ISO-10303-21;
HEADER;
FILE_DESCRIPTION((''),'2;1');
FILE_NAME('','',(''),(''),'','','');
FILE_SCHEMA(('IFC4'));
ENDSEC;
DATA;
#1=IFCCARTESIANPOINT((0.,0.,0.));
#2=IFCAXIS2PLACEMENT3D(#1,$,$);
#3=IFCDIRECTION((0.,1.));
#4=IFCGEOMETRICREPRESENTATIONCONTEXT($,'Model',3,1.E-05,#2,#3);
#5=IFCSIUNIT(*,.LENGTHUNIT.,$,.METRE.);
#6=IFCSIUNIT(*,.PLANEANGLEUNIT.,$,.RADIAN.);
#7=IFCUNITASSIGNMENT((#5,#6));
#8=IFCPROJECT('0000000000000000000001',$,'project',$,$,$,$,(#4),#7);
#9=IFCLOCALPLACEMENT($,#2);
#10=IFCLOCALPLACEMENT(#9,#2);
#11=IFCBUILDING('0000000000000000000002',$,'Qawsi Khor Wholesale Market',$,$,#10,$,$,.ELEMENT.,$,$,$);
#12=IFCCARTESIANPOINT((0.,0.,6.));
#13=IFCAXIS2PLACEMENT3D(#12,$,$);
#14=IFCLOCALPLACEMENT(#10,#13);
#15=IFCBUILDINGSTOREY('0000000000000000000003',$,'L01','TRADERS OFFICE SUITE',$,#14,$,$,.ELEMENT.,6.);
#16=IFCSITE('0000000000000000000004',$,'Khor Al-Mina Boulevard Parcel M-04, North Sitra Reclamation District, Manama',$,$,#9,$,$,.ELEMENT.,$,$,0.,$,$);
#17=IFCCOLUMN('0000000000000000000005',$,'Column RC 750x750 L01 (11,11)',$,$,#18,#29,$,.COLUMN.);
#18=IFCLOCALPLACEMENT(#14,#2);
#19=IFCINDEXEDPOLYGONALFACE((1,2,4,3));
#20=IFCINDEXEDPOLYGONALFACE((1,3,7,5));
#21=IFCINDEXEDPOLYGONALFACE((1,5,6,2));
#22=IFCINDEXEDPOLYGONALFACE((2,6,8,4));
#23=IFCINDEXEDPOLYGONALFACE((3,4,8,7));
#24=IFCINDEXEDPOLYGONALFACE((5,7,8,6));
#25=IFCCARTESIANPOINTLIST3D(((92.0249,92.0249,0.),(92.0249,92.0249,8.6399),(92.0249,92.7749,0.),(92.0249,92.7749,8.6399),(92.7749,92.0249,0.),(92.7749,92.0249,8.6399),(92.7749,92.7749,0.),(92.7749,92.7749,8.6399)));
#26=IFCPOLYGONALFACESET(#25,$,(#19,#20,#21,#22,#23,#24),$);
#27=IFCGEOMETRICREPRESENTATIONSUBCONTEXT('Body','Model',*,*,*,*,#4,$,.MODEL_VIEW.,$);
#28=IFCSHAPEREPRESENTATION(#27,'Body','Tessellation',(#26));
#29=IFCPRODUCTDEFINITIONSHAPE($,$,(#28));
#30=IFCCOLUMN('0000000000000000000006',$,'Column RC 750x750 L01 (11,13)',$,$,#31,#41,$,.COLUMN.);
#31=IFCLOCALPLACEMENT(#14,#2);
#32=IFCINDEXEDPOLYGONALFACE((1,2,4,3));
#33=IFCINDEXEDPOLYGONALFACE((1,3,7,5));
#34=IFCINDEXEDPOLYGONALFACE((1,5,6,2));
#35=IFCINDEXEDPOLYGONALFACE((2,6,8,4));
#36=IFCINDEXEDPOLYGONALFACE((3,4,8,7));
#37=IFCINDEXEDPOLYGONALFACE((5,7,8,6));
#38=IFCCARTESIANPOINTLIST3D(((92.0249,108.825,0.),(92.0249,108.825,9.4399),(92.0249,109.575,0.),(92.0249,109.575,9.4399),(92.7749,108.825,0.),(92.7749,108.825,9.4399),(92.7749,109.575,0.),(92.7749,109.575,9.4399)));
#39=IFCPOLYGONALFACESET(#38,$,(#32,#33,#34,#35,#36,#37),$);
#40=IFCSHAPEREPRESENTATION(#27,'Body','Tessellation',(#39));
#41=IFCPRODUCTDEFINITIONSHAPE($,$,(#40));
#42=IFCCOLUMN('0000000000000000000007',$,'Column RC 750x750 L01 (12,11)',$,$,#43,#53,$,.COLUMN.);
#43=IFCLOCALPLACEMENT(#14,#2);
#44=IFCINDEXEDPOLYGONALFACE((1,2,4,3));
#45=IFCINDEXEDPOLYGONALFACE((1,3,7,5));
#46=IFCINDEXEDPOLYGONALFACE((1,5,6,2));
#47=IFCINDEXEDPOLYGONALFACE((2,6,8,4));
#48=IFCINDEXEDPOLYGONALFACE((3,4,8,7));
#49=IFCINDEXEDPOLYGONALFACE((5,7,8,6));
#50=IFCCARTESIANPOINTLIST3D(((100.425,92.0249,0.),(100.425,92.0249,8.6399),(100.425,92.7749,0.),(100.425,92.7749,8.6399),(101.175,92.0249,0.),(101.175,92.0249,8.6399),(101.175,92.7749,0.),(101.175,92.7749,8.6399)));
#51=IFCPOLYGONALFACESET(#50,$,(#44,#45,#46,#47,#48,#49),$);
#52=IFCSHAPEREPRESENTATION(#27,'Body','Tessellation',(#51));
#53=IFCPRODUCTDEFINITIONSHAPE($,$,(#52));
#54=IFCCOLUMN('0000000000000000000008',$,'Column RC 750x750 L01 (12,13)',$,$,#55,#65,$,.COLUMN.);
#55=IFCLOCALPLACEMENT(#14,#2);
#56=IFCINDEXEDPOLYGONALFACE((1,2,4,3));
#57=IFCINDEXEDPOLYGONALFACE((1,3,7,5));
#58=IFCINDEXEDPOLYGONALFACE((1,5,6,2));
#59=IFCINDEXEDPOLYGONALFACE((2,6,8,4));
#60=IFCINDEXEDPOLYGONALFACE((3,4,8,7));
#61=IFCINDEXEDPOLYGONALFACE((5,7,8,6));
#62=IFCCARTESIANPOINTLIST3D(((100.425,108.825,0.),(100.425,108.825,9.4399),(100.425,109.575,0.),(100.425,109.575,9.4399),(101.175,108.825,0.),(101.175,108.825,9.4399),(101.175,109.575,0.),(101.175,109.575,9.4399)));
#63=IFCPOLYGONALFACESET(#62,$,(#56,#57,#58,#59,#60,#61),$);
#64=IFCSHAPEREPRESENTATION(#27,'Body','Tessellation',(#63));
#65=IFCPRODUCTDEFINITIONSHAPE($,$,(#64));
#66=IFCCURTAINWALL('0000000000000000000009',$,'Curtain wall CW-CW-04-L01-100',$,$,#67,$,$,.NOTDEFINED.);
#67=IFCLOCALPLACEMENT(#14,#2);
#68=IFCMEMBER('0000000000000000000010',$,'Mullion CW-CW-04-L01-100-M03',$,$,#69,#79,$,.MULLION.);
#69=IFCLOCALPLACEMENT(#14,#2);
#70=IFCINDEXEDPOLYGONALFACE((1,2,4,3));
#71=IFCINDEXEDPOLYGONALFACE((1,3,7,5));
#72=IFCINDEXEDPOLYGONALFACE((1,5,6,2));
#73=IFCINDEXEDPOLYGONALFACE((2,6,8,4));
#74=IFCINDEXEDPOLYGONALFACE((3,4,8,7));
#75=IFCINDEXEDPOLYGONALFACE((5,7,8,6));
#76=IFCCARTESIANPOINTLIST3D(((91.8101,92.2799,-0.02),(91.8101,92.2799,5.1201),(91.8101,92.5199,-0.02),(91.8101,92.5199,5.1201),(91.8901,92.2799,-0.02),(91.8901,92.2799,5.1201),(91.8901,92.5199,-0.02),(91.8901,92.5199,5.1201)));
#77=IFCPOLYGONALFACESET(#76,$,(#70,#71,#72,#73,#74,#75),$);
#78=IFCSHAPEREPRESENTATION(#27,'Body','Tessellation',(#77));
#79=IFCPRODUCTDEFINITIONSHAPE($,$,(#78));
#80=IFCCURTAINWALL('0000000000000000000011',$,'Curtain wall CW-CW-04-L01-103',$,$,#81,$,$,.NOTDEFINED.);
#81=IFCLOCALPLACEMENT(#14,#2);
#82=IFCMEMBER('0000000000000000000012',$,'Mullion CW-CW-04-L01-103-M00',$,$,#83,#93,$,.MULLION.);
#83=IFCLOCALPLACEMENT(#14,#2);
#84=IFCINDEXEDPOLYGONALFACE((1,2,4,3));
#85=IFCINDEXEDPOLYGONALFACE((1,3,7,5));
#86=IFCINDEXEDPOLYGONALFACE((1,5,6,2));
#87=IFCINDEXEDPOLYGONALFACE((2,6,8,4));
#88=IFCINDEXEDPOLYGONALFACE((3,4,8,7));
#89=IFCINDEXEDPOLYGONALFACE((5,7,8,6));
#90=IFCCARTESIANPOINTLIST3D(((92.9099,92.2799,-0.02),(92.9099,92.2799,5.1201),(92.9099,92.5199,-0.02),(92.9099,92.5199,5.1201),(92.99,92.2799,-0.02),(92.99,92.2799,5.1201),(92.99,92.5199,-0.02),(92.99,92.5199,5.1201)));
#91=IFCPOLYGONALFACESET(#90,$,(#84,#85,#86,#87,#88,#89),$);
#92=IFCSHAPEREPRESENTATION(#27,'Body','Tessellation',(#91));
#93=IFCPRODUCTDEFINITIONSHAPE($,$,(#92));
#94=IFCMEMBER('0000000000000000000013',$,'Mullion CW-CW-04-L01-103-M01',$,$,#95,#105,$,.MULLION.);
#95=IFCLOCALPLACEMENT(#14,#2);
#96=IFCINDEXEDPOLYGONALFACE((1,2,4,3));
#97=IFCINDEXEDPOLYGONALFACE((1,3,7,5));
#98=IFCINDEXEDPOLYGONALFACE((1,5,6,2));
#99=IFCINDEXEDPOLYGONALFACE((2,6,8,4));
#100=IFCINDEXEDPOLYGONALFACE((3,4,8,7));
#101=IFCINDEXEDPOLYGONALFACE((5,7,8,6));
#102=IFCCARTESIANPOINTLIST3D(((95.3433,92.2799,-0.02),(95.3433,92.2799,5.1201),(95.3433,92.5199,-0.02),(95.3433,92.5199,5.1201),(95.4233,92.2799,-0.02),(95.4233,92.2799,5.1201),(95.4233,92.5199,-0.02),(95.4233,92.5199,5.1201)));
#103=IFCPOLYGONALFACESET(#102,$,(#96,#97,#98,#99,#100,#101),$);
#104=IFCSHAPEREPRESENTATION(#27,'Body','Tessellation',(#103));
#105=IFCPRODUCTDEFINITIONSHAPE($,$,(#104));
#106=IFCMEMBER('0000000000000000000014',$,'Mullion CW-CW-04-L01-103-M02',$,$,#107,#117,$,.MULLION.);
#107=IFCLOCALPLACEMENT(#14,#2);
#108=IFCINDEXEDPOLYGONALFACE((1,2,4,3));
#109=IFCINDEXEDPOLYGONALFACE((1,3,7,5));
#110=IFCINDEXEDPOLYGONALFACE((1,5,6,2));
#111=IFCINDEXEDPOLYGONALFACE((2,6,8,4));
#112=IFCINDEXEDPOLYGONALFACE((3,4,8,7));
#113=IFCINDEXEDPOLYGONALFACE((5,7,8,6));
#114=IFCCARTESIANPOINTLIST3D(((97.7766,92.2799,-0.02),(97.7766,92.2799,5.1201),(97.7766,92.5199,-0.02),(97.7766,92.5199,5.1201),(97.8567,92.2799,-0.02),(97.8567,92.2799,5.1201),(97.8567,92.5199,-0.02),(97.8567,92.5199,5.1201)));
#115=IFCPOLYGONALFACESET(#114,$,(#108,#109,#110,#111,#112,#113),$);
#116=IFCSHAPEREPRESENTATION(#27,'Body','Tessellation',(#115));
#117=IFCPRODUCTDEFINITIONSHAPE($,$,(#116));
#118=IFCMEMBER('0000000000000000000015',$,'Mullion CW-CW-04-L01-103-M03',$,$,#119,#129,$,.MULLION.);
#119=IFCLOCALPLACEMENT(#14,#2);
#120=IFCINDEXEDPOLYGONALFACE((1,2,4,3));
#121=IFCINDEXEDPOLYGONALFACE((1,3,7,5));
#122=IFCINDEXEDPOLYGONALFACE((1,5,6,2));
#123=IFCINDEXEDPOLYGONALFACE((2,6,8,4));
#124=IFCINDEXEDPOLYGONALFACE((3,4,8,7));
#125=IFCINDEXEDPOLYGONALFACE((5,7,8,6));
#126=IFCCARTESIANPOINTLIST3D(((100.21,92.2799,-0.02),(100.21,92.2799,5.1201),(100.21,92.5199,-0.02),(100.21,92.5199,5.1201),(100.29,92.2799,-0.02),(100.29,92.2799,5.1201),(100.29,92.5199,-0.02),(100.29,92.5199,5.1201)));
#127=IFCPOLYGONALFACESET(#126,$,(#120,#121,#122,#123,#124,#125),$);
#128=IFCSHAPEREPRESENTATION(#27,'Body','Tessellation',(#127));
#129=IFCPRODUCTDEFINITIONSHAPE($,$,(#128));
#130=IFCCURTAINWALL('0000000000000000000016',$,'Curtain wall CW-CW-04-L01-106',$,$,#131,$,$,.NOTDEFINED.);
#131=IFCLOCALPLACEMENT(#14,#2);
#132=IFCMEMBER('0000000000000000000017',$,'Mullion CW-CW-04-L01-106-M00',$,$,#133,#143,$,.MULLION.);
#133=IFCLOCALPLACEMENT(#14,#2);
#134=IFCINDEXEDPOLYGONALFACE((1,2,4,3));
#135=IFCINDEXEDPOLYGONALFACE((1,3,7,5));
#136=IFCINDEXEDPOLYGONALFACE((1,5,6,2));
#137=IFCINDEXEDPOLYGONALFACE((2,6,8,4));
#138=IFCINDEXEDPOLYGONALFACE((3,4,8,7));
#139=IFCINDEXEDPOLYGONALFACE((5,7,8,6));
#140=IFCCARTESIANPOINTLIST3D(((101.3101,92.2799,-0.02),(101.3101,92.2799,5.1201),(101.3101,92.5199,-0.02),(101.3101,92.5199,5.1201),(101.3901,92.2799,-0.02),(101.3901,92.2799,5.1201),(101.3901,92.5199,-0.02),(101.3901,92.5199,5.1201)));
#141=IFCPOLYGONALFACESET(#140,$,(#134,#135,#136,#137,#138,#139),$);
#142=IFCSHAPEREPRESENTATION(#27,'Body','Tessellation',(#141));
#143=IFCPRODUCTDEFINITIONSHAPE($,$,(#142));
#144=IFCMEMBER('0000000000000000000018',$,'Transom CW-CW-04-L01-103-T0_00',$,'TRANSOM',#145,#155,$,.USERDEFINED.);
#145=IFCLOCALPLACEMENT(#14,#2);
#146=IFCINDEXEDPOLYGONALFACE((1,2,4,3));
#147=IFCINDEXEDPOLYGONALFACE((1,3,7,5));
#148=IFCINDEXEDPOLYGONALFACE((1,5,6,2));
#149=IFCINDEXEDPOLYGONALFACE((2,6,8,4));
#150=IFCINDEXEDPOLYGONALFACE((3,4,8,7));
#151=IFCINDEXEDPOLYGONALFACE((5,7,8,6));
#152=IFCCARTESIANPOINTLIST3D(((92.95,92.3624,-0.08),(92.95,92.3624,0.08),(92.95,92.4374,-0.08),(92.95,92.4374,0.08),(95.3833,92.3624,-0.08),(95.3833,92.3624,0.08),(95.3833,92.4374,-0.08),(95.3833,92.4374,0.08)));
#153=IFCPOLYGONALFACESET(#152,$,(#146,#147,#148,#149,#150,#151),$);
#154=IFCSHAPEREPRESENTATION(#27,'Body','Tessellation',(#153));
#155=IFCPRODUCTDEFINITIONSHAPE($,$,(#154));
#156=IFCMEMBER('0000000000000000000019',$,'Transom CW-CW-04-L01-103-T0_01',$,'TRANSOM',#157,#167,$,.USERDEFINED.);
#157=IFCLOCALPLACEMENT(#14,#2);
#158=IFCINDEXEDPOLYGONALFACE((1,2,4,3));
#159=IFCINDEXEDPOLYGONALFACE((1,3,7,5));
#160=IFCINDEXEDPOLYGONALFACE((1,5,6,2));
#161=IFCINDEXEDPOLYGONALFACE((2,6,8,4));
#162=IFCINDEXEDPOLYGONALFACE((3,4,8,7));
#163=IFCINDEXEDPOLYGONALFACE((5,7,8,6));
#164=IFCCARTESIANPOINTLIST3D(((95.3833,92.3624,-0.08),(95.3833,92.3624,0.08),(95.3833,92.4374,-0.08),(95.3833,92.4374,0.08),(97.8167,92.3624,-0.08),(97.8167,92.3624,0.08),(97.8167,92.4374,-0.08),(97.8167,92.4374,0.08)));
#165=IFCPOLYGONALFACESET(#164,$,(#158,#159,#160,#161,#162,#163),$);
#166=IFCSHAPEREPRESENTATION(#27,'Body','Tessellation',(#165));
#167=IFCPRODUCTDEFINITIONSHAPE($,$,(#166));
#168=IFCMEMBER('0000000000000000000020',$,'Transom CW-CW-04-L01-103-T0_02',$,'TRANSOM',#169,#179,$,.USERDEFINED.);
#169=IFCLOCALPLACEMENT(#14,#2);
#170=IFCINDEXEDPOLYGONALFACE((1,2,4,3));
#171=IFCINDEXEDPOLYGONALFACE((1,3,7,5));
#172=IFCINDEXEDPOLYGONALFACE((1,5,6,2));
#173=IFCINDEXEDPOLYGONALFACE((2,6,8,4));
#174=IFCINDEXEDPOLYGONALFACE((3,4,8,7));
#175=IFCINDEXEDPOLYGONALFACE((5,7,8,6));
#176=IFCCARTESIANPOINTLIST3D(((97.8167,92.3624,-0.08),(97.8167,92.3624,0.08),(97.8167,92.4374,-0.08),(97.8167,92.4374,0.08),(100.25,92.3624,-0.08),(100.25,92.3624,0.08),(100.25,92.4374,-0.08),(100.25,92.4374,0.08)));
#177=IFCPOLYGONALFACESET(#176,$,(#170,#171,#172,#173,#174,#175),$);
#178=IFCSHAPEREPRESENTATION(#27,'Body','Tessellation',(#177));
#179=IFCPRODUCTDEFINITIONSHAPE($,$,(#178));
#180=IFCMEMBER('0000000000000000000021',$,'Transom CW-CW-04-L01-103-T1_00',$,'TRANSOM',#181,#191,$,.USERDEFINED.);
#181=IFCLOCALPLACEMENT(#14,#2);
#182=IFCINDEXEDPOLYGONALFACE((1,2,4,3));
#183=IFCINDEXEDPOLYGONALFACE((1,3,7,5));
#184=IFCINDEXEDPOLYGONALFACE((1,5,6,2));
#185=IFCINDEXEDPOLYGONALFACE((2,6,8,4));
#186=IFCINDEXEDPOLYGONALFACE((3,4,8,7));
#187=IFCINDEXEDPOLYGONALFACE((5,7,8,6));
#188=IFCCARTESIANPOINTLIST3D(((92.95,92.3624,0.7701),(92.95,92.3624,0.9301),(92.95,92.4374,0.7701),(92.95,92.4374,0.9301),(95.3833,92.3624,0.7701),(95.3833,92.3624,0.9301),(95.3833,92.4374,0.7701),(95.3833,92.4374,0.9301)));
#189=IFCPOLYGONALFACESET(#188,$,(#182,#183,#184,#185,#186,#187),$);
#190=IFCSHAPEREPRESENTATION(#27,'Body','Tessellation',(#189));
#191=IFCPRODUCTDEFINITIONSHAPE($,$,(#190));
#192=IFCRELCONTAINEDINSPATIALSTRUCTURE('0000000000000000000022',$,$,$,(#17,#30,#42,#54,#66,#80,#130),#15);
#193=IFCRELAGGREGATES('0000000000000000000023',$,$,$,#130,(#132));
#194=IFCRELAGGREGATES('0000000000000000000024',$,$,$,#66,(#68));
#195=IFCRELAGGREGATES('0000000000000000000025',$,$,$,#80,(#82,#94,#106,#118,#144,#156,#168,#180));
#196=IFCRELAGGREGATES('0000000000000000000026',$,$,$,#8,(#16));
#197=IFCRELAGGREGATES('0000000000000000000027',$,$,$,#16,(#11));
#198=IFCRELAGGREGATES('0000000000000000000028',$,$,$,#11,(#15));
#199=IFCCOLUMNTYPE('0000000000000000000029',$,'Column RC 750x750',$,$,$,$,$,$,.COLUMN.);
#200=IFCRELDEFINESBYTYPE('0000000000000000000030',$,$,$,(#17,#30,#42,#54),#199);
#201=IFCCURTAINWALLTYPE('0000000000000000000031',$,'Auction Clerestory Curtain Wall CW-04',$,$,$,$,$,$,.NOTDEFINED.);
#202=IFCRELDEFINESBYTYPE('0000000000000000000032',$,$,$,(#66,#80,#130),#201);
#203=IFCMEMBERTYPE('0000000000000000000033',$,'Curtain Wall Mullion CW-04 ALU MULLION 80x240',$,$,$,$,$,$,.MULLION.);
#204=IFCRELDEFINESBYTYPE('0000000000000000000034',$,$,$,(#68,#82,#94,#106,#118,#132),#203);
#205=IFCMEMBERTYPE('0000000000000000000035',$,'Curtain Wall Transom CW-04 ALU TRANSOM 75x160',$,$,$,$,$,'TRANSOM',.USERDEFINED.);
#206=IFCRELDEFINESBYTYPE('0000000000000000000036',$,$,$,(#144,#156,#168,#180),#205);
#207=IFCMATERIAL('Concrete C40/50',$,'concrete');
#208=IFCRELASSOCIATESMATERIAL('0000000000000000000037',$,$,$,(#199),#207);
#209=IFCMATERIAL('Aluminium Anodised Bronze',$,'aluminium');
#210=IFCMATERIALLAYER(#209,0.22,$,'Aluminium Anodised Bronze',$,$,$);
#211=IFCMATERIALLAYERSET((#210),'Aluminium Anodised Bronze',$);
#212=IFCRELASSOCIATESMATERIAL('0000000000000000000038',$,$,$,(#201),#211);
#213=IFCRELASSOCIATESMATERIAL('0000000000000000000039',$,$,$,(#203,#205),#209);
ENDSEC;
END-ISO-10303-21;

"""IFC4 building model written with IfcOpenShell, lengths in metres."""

from ifc_helpers import new_model, si_unit, direction, frame, origin, origin_2d, place, context, subcontext, project, spatial, rectangle, extrude, material, layer, layer_set, material_profile, profile_set, type_object, element, aggregate, save


model = new_model("IFC4")

# Units and contexts
model_context = context("Model", 3, precision=1e-05, world=origin(), true_north=direction((0.0, 1.0)))
body_context = subcontext(model_context, "Body", "Model", "MODEL_VIEW")
ifc_project = project(units=[si_unit("LENGTHUNIT", "METRE"), si_unit("PLANEANGLEUNIT", "RADIAN")], contexts=[model_context])

# Site, building, storey
site_placement = place(None, origin())
site = spatial("IfcSite", under=ifc_project, at=site_placement, Name="Khor Al-Mina Boulevard Parcel M-04, North Sitra Reclamation District, Manama", CompositionType="ELEMENT", RefElevation=0.0)
building_placement = place(site_placement, origin())
building = spatial("IfcBuilding", under=site, at=building_placement, Name="Qawsi Khor Wholesale Market", CompositionType="ELEMENT")
storey_placement = place(building_placement, frame((0.0, 0.0, 6.0)))
storey = spatial("IfcBuildingStorey", under=building, at=storey_placement, Name="L01", Description="TRADERS OFFICE SUITE", CompositionType="ELEMENT", Elevation=6.0)

# Columns
ifc_material_1 = material(Name="Concrete C40/50", Category="concrete")
ifc_material_profile_1 = material_profile(ifc_material_1, rectangle(XDim=0.75, YDim=0.75, at=origin_2d()), Name="RC 750x750")
ifc_profile_set_1 = profile_set([ifc_material_profile_1], Name="Concrete C40/50")
column_type = type_object("IfcColumnType", Name="Column RC 750x750", PredefinedType="COLUMN", material=ifc_profile_set_1)
column_1_placement = place(storey_placement, frame((92.3999, 92.3999, 0.0), z_axis=(0.0, 0.0, 1.0), x_axis=(1.0, 0.0, 0.0)))
element("IfcColumn", 1, at=column_1_placement, inside=storey, type_object=column_type, Name="Column RC 750x750 L01 (11,11)", PredefinedType="COLUMN", context=body_context, shape_type="SweptSolid", body=[
    extrude(rectangle(XDim=0.75, YDim=0.75, at=origin_2d()), origin(), (0.0, 0.0, 1.0), 8.6399),
])
column_2_placement = place(storey_placement, frame((92.3999, 109.2, 0.0), z_axis=(0.0, 0.0, 1.0), x_axis=(1.0, 0.0, 0.0)))
element("IfcColumn", 2, at=column_2_placement, inside=storey, type_object=column_type, Name="Column RC 750x750 L01 (11,13)", PredefinedType="COLUMN", context=body_context, shape_type="SweptSolid", body=[
    extrude(rectangle(XDim=0.75, YDim=0.75, at=origin_2d()), origin(), (0.0, 0.0, 1.0), 9.4399),
])
column_3_placement = place(storey_placement, frame((100.8, 92.3999, 0.0), z_axis=(0.0, 0.0, 1.0), x_axis=(1.0, 0.0, 0.0)))
element("IfcColumn", 3, at=column_3_placement, inside=storey, type_object=column_type, Name="Column RC 750x750 L01 (12,11)", PredefinedType="COLUMN", context=body_context, shape_type="SweptSolid", body=[
    extrude(rectangle(XDim=0.75, YDim=0.75, at=origin_2d()), origin(), (0.0, 0.0, 1.0), 8.6399),
])
column_4_placement = place(storey_placement, frame((100.8, 109.2, 0.0), z_axis=(0.0, 0.0, 1.0), x_axis=(1.0, 0.0, 0.0)))
element("IfcColumn", 4, at=column_4_placement, inside=storey, type_object=column_type, Name="Column RC 750x750 L01 (12,13)", PredefinedType="COLUMN", context=body_context, shape_type="SweptSolid", body=[
    extrude(rectangle(XDim=0.75, YDim=0.75, at=origin_2d()), origin(), (0.0, 0.0, 1.0), 9.4399),
])

# Curtain wall, member
ifc_material_2 = material(Name="Aluminium Anodised Bronze", Category="aluminium")
ifc_layer_1 = layer(ifc_material_2, 0.22, Name="Aluminium Anodised Bronze")
ifc_layer_set_1 = layer_set([ifc_layer_1], Name="Aluminium Anodised Bronze")
curtain_wall_type = type_object("IfcCurtainWallType", Name="Auction Clerestory Curtain Wall CW-04", PredefinedType="NOTDEFINED", material=ifc_layer_set_1)
curtain_wall_1_placement = place(storey_placement, origin())
curtain_wall_1 = element("IfcCurtainWall", 5, at=curtain_wall_1_placement, inside=storey, type_object=curtain_wall_type, Name="Curtain wall CW-CW-04-L01-100", PredefinedType="NOTDEFINED")
ifc_material_profile_2 = material_profile(ifc_material_2, rectangle(XDim=0.0801, YDim=0.24, at=origin_2d()), Name="ALU MULLION 80x240")
ifc_profile_set_2 = profile_set([ifc_material_profile_2], Name="Aluminium Anodised Bronze")
member_type_1 = type_object("IfcMemberType", Name="Curtain Wall Mullion CW-04 ALU MULLION 80x240", PredefinedType="MULLION", material=ifc_profile_set_2)
member_1_placement = place(storey_placement, frame((91.8501, 92.3999, -0.02), z_axis=(0.0, 0.0, 1.0), x_axis=(1.0, 0.0, 0.0)))
member_1 = element("IfcMember", 6, at=member_1_placement, type_object=member_type_1, Name="Mullion CW-CW-04-L01-100-M03", PredefinedType="MULLION", context=body_context, shape_type="SweptSolid", body=[
    extrude(rectangle(XDim=0.0801, YDim=0.24, at=origin_2d()), origin(), (0.0, 0.0, 1.0), 5.1401),
])

# Curtain wall, members
curtain_wall_2_placement = place(storey_placement, origin())
curtain_wall_2 = element("IfcCurtainWall", 7, at=curtain_wall_2_placement, inside=storey, type_object=curtain_wall_type, Name="Curtain wall CW-CW-04-L01-103", PredefinedType="NOTDEFINED")
member_2_placement = place(storey_placement, frame((92.95, 92.3999, -0.02), z_axis=(0.0, 0.0, 1.0), x_axis=(1.0, 0.0, 0.0)))
member_2 = element("IfcMember", 8, at=member_2_placement, type_object=member_type_1, Name="Mullion CW-CW-04-L01-103-M00", PredefinedType="MULLION", context=body_context, shape_type="SweptSolid", body=[
    extrude(rectangle(XDim=0.0801, YDim=0.24, at=origin_2d()), origin(), (0.0, 0.0, 1.0), 5.1401),
])
member_3_placement = place(storey_placement, frame((95.3833, 92.3999, -0.02), z_axis=(0.0, 0.0, 1.0), x_axis=(1.0, 0.0, 0.0)))
member_3 = element("IfcMember", 9, at=member_3_placement, type_object=member_type_1, Name="Mullion CW-CW-04-L01-103-M01", PredefinedType="MULLION", context=body_context, shape_type="SweptSolid", body=[
    extrude(rectangle(XDim=0.0801, YDim=0.24, at=origin_2d()), origin(), (0.0, 0.0, 1.0), 5.1401),
])
member_4_placement = place(storey_placement, frame((97.8167, 92.3999, -0.02), z_axis=(0.0, 0.0, 1.0), x_axis=(1.0, 0.0, 0.0)))
member_4 = element("IfcMember", 10, at=member_4_placement, type_object=member_type_1, Name="Mullion CW-CW-04-L01-103-M02", PredefinedType="MULLION", context=body_context, shape_type="SweptSolid", body=[
    extrude(rectangle(XDim=0.0801, YDim=0.24, at=origin_2d()), origin(), (0.0, 0.0, 1.0), 5.1401),
])
member_5_placement = place(storey_placement, frame((100.25, 92.3999, -0.02), z_axis=(0.0, 0.0, 1.0), x_axis=(1.0, 0.0, 0.0)))
member_5 = element("IfcMember", 11, at=member_5_placement, type_object=member_type_1, Name="Mullion CW-CW-04-L01-103-M03", PredefinedType="MULLION", context=body_context, shape_type="SweptSolid", body=[
    extrude(rectangle(XDim=0.0801, YDim=0.24, at=origin_2d()), origin(), (0.0, 0.0, 1.0), 5.1401),
])

# Curtain wall, member
curtain_wall_3_placement = place(storey_placement, origin())
curtain_wall_3 = element("IfcCurtainWall", 12, at=curtain_wall_3_placement, inside=storey, type_object=curtain_wall_type, Name="Curtain wall CW-CW-04-L01-106", PredefinedType="NOTDEFINED")
member_6_placement = place(storey_placement, frame((101.3501, 92.3999, -0.02), z_axis=(0.0, 0.0, 1.0), x_axis=(1.0, 0.0, 0.0)))
member_6 = element("IfcMember", 13, at=member_6_placement, type_object=member_type_1, Name="Mullion CW-CW-04-L01-106-M00", PredefinedType="MULLION", context=body_context, shape_type="SweptSolid", body=[
    extrude(rectangle(XDim=0.0801, YDim=0.24, at=origin_2d()), origin(), (0.0, 0.0, 1.0), 5.1401),
])
aggregate(curtain_wall_3, [member_6])

# Members
ifc_material_profile_3 = material_profile(ifc_material_2, rectangle(XDim=0.075, YDim=0.1599, at=origin_2d()), Name="ALU TRANSOM 75x160")
ifc_profile_set_3 = profile_set([ifc_material_profile_3], Name="Aluminium Anodised Bronze")
member_type_2 = type_object("IfcMemberType", Name="Curtain Wall Transom CW-04 ALU TRANSOM 75x160", ElementType="TRANSOM", PredefinedType="USERDEFINED", material=ifc_profile_set_3)
member_7_placement = place(storey_placement, frame((92.95, 92.3999, 0.0), z_axis=(1.0, 0.0, 0.0), x_axis=(0.0, 1.0, 0.0)))
member_7 = element("IfcMember", 14, at=member_7_placement, type_object=member_type_2, Name="Transom CW-CW-04-L01-103-T0_00", ObjectType="TRANSOM", PredefinedType="USERDEFINED", context=body_context, shape_type="SweptSolid", body=[
    extrude(rectangle(XDim=0.075, YDim=0.1599, at=origin_2d()), origin(), (0.0, 0.0, 1.0), 2.4333),
])
member_8_placement = place(storey_placement, frame((95.3833, 92.3999, 0.0), z_axis=(1.0, 0.0, 0.0), x_axis=(0.0, 1.0, 0.0)))
member_8 = element("IfcMember", 15, at=member_8_placement, type_object=member_type_2, Name="Transom CW-CW-04-L01-103-T0_01", ObjectType="TRANSOM", PredefinedType="USERDEFINED", context=body_context, shape_type="SweptSolid", body=[
    extrude(rectangle(XDim=0.075, YDim=0.1599, at=origin_2d()), origin(), (0.0, 0.0, 1.0), 2.4333),
])
member_9_placement = place(storey_placement, frame((97.8167, 92.3999, 0.0), z_axis=(1.0, 0.0, 0.0), x_axis=(0.0, 1.0, 0.0)))
member_9 = element("IfcMember", 16, at=member_9_placement, type_object=member_type_2, Name="Transom CW-CW-04-L01-103-T0_02", ObjectType="TRANSOM", PredefinedType="USERDEFINED", context=body_context, shape_type="SweptSolid", body=[
    extrude(rectangle(XDim=0.075, YDim=0.1599, at=origin_2d()), origin(), (0.0, 0.0, 1.0), 2.4333),
])
member_10_placement = place(storey_placement, frame((92.95, 92.3999, 0.8501), z_axis=(1.0, 0.0, 0.0), x_axis=(0.0, 1.0, 0.0)))
member_10 = element("IfcMember", 17, at=member_10_placement, type_object=member_type_2, Name="Transom CW-CW-04-L01-103-T1_00", ObjectType="TRANSOM", PredefinedType="USERDEFINED", context=body_context, shape_type="SweptSolid", body=[
    extrude(rectangle(XDim=0.075, YDim=0.1599, at=origin_2d()), origin(), (0.0, 0.0, 1.0), 2.4333),
])

aggregate(curtain_wall_1, [member_1])
aggregate(curtain_wall_2, [member_2, member_3, member_4, member_5, member_7, member_8, member_9, member_10])

save(model, "model.ifc")
